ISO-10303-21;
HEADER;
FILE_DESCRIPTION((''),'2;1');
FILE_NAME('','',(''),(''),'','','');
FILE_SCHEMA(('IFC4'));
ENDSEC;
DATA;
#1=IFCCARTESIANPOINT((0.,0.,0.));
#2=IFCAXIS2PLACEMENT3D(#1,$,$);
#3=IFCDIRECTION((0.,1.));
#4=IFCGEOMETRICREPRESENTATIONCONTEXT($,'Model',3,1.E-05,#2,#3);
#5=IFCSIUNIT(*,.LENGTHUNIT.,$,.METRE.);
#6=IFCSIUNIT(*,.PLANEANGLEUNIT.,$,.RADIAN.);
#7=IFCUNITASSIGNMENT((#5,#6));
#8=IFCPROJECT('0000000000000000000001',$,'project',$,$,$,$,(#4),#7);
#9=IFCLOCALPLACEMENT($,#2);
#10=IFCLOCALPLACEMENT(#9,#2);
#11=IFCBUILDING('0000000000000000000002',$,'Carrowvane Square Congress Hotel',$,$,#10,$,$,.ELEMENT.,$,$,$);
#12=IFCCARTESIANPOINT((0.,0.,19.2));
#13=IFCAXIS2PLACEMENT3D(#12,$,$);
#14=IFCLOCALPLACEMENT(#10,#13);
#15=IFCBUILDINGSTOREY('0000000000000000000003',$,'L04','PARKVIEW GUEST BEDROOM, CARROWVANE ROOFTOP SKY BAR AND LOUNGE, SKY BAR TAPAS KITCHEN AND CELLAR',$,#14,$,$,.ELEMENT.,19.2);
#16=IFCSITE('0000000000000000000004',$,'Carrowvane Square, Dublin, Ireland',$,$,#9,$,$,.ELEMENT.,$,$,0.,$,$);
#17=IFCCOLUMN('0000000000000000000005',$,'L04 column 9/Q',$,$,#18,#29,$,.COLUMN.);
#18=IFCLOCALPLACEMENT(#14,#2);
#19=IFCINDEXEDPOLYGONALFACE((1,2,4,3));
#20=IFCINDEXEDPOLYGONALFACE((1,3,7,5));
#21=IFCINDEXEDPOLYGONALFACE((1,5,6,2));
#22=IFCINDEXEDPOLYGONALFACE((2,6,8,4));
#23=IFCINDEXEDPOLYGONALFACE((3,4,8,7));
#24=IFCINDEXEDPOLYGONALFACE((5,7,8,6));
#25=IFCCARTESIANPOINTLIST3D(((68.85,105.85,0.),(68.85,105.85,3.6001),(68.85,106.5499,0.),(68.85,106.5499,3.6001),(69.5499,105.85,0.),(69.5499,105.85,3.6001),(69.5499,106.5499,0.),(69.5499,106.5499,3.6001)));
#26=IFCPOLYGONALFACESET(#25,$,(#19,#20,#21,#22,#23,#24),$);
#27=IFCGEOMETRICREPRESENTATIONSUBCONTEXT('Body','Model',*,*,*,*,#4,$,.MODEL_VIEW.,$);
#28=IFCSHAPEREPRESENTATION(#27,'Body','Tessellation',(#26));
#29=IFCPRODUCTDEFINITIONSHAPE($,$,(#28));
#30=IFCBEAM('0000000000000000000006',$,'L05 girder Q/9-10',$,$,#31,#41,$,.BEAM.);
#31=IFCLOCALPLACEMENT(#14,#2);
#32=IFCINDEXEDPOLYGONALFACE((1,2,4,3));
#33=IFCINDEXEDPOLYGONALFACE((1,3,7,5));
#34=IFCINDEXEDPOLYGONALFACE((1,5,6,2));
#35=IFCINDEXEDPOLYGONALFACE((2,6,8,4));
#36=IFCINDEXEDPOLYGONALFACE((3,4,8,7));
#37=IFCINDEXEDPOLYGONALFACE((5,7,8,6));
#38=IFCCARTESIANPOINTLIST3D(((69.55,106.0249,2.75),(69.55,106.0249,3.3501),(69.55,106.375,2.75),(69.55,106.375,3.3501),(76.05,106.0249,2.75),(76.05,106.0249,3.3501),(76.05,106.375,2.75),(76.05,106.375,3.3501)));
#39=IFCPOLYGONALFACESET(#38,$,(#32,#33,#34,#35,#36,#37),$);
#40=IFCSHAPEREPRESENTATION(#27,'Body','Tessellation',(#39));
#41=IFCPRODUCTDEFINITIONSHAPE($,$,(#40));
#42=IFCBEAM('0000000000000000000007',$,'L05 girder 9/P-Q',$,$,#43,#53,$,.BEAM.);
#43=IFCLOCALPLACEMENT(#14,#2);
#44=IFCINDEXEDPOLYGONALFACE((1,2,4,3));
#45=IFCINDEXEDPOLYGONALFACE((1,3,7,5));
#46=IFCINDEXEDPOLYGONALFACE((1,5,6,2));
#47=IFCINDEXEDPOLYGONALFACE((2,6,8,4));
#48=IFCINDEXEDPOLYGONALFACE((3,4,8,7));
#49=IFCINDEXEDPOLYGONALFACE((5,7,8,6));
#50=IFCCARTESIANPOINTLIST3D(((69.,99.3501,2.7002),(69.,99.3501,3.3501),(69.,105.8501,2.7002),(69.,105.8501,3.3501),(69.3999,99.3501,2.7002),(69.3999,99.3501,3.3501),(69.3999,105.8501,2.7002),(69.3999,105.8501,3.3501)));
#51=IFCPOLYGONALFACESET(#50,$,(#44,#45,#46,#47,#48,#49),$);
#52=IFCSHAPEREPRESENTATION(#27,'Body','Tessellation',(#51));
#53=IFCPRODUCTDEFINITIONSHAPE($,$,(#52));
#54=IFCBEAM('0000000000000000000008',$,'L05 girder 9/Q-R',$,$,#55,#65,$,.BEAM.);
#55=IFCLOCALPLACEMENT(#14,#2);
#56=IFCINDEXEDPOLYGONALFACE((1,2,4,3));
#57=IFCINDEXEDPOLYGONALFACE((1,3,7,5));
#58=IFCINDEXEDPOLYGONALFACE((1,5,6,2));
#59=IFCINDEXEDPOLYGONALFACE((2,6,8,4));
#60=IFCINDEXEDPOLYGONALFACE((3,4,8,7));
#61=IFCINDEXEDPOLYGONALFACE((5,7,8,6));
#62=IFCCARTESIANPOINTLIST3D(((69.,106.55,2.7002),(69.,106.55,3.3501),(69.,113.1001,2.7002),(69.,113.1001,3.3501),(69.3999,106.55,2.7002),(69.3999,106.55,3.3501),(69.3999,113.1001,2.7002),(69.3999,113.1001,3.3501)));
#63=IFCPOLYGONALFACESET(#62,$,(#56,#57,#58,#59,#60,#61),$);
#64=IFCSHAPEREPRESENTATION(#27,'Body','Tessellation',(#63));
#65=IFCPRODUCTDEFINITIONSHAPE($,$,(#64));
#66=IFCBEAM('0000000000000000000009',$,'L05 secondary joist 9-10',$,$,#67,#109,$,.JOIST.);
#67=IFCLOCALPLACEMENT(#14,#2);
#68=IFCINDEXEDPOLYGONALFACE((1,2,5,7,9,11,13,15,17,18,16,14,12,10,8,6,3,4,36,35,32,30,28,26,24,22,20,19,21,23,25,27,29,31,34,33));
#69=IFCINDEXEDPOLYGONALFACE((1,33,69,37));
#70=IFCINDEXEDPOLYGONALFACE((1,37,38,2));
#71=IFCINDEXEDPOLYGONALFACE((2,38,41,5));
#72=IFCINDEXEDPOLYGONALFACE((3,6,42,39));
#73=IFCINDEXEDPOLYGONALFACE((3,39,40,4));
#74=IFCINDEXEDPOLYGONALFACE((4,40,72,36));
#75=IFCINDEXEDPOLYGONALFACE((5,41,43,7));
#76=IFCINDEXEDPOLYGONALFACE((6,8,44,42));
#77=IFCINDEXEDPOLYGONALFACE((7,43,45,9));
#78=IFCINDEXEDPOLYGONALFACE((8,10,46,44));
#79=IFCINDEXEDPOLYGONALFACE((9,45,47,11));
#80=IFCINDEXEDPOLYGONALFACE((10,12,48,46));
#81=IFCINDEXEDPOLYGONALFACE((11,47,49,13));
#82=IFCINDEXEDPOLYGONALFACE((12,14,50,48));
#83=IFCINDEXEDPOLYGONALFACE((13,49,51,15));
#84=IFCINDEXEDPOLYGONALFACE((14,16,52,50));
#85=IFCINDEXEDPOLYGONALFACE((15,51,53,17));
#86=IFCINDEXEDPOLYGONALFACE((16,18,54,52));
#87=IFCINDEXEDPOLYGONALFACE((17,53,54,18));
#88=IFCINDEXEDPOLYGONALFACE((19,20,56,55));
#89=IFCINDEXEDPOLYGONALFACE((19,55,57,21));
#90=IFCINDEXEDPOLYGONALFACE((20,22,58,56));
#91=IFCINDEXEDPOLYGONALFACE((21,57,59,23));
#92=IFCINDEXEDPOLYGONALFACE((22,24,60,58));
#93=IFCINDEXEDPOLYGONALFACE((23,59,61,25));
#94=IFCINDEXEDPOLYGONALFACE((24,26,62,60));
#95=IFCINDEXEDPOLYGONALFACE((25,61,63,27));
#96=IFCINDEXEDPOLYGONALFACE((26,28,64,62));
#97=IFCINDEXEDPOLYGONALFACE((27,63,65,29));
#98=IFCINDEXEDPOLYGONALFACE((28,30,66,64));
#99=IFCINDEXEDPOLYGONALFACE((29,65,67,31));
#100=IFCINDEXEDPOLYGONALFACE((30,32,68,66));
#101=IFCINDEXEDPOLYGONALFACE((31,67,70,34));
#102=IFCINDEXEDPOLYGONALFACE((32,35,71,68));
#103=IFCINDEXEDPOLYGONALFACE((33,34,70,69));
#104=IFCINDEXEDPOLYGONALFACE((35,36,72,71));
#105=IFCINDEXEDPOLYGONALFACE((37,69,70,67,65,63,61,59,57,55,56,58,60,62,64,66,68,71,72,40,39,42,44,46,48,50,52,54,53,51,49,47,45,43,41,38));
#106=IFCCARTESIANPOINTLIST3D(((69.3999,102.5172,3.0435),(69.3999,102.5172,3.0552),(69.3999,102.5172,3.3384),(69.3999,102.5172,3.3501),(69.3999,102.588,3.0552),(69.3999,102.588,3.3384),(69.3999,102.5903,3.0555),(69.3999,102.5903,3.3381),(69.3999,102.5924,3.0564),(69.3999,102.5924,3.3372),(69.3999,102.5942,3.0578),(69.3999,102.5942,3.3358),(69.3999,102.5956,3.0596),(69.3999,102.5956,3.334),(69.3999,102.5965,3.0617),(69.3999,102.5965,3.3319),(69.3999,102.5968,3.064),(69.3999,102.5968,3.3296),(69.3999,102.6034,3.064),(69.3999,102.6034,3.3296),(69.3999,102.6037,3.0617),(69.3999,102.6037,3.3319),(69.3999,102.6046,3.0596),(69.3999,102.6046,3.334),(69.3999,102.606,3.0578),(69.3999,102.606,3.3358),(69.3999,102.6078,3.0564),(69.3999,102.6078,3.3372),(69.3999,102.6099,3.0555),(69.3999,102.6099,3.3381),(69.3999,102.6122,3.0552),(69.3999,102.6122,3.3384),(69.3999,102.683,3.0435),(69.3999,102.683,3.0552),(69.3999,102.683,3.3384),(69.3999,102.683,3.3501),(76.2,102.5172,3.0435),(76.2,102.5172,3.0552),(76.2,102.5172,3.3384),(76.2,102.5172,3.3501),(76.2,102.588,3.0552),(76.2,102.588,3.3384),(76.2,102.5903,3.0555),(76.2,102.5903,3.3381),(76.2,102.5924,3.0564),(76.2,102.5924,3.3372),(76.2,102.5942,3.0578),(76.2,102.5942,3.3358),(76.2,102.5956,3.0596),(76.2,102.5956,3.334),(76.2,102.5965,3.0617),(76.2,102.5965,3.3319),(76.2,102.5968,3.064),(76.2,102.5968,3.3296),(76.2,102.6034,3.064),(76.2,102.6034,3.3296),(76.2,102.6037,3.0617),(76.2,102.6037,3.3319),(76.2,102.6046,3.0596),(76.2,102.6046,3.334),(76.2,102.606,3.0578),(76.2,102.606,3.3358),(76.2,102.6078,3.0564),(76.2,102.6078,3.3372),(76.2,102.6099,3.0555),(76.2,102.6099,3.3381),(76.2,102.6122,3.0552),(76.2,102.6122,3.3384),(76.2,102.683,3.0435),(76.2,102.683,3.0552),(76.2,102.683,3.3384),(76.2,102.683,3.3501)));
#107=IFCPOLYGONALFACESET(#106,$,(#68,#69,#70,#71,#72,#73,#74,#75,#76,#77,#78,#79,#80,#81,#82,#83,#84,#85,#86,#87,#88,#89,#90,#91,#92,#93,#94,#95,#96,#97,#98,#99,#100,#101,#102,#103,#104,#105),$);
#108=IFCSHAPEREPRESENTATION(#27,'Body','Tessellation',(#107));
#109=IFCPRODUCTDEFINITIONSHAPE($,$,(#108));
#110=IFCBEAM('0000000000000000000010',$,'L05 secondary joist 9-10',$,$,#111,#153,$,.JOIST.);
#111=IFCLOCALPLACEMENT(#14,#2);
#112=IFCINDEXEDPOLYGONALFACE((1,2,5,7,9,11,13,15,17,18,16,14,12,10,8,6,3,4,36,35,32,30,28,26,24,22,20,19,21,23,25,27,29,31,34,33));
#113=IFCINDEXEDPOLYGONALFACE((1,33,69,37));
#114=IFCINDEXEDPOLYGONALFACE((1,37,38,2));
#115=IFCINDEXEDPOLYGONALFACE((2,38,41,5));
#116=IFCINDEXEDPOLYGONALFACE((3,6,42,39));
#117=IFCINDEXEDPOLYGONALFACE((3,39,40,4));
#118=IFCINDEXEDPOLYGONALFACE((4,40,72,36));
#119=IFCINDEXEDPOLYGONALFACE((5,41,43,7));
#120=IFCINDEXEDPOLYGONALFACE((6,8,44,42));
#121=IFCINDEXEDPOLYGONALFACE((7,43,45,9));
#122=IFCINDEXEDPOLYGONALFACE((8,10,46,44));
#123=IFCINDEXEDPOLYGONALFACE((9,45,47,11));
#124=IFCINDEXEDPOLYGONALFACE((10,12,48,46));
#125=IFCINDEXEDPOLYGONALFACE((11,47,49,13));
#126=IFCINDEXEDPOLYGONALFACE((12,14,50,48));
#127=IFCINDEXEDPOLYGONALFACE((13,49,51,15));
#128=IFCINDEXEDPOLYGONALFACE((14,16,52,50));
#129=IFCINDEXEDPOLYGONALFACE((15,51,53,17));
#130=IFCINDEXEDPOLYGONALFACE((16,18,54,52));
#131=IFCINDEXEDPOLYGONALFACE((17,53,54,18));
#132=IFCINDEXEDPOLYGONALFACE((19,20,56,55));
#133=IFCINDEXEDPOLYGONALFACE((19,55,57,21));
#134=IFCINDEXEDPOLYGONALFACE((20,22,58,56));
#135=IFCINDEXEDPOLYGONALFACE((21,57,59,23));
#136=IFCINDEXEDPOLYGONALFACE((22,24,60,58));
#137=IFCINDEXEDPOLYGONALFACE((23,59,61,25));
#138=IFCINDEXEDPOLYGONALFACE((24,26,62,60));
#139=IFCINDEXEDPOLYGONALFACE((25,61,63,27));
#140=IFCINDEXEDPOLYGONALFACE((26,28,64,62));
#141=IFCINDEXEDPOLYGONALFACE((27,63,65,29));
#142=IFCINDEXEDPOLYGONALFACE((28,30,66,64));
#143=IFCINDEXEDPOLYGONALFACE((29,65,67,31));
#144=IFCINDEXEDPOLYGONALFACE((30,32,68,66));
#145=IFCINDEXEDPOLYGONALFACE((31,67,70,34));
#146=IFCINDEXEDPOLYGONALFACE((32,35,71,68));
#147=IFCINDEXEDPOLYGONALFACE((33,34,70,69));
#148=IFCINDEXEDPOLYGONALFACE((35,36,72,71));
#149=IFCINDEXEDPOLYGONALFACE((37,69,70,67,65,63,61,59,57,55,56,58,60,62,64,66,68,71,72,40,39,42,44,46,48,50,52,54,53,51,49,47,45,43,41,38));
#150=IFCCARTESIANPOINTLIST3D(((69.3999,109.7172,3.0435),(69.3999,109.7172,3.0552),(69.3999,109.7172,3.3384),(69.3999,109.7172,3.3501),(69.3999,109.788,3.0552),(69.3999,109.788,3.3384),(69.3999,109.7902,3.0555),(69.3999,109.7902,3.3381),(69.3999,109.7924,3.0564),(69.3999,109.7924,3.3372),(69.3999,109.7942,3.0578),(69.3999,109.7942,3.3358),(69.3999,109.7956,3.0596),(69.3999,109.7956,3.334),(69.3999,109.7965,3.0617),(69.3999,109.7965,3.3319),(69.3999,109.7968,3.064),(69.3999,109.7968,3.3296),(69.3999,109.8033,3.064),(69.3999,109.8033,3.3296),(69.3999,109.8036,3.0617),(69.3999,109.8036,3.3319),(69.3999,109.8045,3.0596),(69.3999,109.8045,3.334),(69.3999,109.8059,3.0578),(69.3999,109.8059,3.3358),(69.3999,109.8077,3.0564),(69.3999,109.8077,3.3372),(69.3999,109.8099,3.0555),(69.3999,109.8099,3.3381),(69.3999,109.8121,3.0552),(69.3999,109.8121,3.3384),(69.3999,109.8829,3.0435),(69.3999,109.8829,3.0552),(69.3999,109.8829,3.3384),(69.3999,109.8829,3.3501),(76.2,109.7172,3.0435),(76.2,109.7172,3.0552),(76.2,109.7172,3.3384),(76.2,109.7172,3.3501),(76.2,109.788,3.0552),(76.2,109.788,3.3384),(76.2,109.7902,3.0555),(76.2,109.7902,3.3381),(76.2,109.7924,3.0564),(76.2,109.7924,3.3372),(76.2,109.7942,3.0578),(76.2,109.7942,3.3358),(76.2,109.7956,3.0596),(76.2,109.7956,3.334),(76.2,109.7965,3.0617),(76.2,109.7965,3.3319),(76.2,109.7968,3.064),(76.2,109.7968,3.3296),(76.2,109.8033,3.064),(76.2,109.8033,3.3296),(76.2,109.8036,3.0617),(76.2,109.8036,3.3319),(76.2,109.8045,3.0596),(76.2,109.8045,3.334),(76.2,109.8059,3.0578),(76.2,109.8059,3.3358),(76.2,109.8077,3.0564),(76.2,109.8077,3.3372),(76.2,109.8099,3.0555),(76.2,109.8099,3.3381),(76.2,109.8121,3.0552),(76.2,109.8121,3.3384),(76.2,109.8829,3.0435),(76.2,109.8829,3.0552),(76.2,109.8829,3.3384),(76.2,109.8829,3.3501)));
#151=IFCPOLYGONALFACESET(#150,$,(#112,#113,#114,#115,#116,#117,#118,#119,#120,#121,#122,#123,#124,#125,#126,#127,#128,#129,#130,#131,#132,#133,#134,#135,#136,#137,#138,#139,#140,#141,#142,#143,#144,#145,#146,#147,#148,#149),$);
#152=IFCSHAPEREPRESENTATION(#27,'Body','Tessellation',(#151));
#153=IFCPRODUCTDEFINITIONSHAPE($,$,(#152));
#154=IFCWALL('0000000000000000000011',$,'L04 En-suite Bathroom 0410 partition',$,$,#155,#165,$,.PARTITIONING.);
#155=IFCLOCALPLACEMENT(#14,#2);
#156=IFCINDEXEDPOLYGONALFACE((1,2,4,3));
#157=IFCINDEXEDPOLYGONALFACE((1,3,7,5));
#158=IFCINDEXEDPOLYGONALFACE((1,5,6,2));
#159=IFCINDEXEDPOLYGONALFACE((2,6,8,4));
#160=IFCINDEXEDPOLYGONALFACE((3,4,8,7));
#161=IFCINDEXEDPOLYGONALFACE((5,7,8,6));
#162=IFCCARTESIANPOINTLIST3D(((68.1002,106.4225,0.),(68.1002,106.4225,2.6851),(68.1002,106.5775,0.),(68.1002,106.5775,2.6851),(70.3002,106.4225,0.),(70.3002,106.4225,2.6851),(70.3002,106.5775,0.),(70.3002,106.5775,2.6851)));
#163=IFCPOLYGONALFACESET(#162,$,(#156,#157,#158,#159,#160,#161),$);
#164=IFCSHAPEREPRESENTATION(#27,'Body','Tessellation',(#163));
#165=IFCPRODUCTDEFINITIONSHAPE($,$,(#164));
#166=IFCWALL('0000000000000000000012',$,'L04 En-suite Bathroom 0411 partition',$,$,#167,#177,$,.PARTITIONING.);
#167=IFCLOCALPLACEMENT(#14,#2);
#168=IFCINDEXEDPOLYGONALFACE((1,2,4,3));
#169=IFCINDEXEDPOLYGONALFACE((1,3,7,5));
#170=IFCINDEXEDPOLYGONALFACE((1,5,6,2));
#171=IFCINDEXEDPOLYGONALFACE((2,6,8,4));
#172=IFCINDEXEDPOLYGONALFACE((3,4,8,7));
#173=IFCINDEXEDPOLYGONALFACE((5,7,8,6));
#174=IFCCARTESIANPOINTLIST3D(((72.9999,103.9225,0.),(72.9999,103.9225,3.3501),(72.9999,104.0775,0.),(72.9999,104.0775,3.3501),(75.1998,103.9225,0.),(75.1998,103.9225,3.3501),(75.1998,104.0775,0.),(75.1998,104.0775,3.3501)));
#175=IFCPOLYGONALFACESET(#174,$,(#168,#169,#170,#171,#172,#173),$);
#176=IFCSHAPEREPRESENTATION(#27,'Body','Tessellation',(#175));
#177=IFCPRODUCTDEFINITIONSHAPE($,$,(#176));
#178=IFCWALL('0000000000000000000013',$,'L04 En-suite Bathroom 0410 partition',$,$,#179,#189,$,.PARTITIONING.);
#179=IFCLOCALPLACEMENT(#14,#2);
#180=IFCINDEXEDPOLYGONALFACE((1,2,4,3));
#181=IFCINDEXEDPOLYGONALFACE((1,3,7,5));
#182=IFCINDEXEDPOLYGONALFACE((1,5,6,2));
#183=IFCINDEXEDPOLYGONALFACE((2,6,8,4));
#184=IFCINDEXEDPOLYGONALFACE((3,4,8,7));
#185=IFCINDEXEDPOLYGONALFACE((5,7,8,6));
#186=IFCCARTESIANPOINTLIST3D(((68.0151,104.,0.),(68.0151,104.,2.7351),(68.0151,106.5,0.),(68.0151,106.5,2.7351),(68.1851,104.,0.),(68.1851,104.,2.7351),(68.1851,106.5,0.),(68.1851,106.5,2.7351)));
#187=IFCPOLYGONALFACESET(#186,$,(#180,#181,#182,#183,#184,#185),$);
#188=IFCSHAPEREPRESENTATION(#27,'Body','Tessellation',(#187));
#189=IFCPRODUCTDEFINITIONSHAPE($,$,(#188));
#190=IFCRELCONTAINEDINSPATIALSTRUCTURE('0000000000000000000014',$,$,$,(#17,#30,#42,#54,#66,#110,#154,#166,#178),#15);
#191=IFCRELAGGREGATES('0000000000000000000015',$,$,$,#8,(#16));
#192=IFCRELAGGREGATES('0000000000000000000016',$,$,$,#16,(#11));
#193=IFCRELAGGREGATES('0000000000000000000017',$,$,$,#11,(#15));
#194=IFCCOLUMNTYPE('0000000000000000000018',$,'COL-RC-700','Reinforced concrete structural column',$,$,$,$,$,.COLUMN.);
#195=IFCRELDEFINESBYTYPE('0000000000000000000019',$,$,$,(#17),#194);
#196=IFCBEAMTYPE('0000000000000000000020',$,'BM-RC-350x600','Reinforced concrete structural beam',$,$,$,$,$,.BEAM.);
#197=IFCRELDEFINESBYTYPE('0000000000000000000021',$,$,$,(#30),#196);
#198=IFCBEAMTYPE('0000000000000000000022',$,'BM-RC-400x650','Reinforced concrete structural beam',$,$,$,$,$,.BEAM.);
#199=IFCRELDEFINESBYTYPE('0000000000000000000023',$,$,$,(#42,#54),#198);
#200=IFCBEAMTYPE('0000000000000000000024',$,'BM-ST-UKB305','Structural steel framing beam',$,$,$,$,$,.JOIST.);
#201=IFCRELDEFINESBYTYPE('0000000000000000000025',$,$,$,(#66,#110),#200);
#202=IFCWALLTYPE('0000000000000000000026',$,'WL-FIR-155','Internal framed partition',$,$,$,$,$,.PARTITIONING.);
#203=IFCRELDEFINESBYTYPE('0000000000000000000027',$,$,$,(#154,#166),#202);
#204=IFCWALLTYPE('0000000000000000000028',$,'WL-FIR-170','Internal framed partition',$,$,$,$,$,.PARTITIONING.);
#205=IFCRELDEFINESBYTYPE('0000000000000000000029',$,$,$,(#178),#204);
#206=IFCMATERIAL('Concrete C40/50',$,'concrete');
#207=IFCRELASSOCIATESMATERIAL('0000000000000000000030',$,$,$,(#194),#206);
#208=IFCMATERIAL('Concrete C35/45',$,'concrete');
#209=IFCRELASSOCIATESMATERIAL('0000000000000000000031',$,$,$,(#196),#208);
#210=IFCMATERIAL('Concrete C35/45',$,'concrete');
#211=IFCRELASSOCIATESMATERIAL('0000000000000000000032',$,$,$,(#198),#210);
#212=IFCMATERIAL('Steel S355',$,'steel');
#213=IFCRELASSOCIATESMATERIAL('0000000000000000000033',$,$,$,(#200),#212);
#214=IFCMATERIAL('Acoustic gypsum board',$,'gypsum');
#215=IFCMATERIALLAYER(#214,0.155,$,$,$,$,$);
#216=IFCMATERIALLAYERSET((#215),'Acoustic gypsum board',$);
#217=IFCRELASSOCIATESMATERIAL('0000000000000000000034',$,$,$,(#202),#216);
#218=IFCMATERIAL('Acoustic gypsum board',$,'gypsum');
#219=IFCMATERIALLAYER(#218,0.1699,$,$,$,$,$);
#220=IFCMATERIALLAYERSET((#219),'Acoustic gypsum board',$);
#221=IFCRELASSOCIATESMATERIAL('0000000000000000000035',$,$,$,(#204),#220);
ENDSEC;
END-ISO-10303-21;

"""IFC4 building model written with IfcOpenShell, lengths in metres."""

from ifc_helpers import new_model, si_unit, direction, frame, frame_2d, origin, origin_2d, place, context, subcontext, project, spatial, rectangle, i_section, extrude, material, layer, layer_set, material_profile, profile_set, type_object, element, save


model = new_model("IFC4")

# Units and contexts
model_context = context("Model", 3, precision=1e-05, world=origin(), true_north=direction((0.0, 1.0)))
body_context = subcontext(model_context, "Body", "Model", "MODEL_VIEW")
ifc_project = project(units=[si_unit("LENGTHUNIT", "METRE"), si_unit("PLANEANGLEUNIT", "RADIAN")], contexts=[model_context])

# Site, building, storey
site_placement = place(None, origin())
site = spatial("IfcSite", under=ifc_project, at=site_placement, Name="Carrowvane Square, Dublin, Ireland", CompositionType="ELEMENT", RefElevation=0.0)
building_placement = place(site_placement, origin())
building = spatial("IfcBuilding", under=site, at=building_placement, Name="Carrowvane Square Congress Hotel", CompositionType="ELEMENT")
storey_placement = place(building_placement, frame((0.0, 0.0, 19.2)))
storey = spatial("IfcBuildingStorey", under=building, at=storey_placement, Name="L04", Description="PARKVIEW GUEST BEDROOM, CARROWVANE ROOFTOP SKY BAR AND LOUNGE, SKY BAR TAPAS KITCHEN AND CELLAR", CompositionType="ELEMENT", Elevation=19.2)

# Column
ifc_material_1 = material(Name="Concrete C40/50", Category="concrete")
ifc_material_profile_1 = material_profile(ifc_material_1, rectangle(XDim=0.7, YDim=0.7, at=origin_2d()), Name="RC 700x700")
ifc_profile_set_1 = profile_set([ifc_material_profile_1], Name="Concrete C40/50")
column_type = type_object("IfcColumnType", Name="COL-RC-700", Description="Reinforced concrete structural column", PredefinedType="COLUMN", material=ifc_profile_set_1)
column_placement = place(storey_placement, frame((69.2, 106.2, 0.0), z_axis=(0.0, 0.0, 1.0), x_axis=(1.0, 0.0, 0.0)))
element("IfcColumn", 1, at=column_placement, inside=storey, type_object=column_type, Name="L04 column 9/Q", PredefinedType="COLUMN", context=body_context, shape_type="SweptSolid", body=[
    extrude(rectangle(XDim=0.7, YDim=0.7, at=origin_2d()), origin(), (0.0, 0.0, 1.0), 3.6001),
])

# Beams
ifc_material_2 = material(Name="Concrete C35/45", Category="concrete")
ifc_material_profile_2 = material_profile(ifc_material_2, rectangle(XDim=0.3501, YDim=0.6001, at=origin_2d()), Name="RC 350x600")
ifc_profile_set_2 = profile_set([ifc_material_profile_2], Name="Concrete C35/45")
beam_type_1 = type_object("IfcBeamType", Name="BM-RC-350x600", Description="Reinforced concrete structural beam", PredefinedType="BEAM", material=ifc_profile_set_2)
beam_1_placement = place(storey_placement, frame((69.55, 106.2, 3.05), z_axis=(1.0, 0.0, 0.0), x_axis=(0.0, 1.0, 0.0)))
element("IfcBeam", 2, at=beam_1_placement, inside=storey, type_object=beam_type_1, Name="L05 girder Q/9-10", PredefinedType="BEAM", context=body_context, shape_type="SweptSolid", body=[
    extrude(rectangle(XDim=0.3501, YDim=0.6001, at=origin_2d()), origin(), (0.0, 0.0, 1.0), 6.5),
])
ifc_material_3 = material(Name="Concrete C35/45", Category="concrete")
ifc_material_profile_3 = material_profile(ifc_material_3, rectangle(XDim=0.3999, YDim=0.6499, at=origin_2d()), Name="RC 400x650")
ifc_profile_set_3 = profile_set([ifc_material_profile_3], Name="Concrete C35/45")
beam_type_2 = type_object("IfcBeamType", Name="BM-RC-400x650", Description="Reinforced concrete structural beam", PredefinedType="BEAM", material=ifc_profile_set_3)
beam_2_placement = place(storey_placement, frame((69.2, 99.3501, 3.0251), z_axis=(0.0, 1.0, 0.0), x_axis=(-1.0, 0.0, 0.0)))
element("IfcBeam", 3, at=beam_2_placement, inside=storey, type_object=beam_type_2, Name="L05 girder 9/P-Q", PredefinedType="BEAM", context=body_context, shape_type="SweptSolid", body=[
    extrude(rectangle(XDim=0.3999, YDim=0.6499, at=origin_2d()), origin(), (0.0, 0.0, 1.0), 6.5),
])
beam_3_placement = place(storey_placement, frame((69.2, 106.55, 3.0251), z_axis=(0.0, 1.0, 0.0), x_axis=(-1.0, 0.0, 0.0)))
element("IfcBeam", 4, at=beam_3_placement, inside=storey, type_object=beam_type_2, Name="L05 girder 9/Q-R", PredefinedType="BEAM", context=body_context, shape_type="SweptSolid", body=[
    extrude(rectangle(XDim=0.3999, YDim=0.6499, at=origin_2d()), origin(), (0.0, 0.0, 1.0), 6.55),
])
ifc_material_4 = material(Name="Steel S355", Category="steel")
ifc_material_profile_4 = material_profile(ifc_material_4, i_section(OverallWidth=0.1658, OverallDepth=0.3066, WebThickness=0.0066, FlangeThickness=0.0117, FilletRadius=0.0088, at=origin_2d()), Name="UKB 305x165x46")
ifc_profile_set_4 = profile_set([ifc_material_profile_4], Name="Steel S355")
beam_type_3 = type_object("IfcBeamType", Name="BM-ST-UKB305", Description="Structural steel framing beam", PredefinedType="JOIST", material=ifc_profile_set_4)
for number, where, z_axis, x_axis, name in (
    (5, (69.3999, 102.6001, 3.1968), (1.0, 0.0, 0.0), (0.0, 1.0, 0.0), "L05 secondary joist 9-10"),
    (6, (69.3999, 109.8, 3.1968), (1.0, 0.0, 0.0), (0.0, 1.0, 0.0), "L05 secondary joist 9-10"),
):
    element("IfcBeam", number, at=place(storey_placement, frame(where, z_axis=z_axis, x_axis=x_axis)), inside=storey, type_object=beam_type_3, Name=name, PredefinedType="JOIST", context=body_context, shape_type="SweptSolid", body=[
        extrude(i_section(OverallWidth=0.1658, OverallDepth=0.3066, WebThickness=0.0066, FlangeThickness=0.0117, FilletRadius=0.0088, at=origin_2d()), origin(), (0.0, 0.0, 1.0), 6.8),
    ])

# Walls
ifc_material_5 = material(Name="Acoustic gypsum board", Category="gypsum")
ifc_layer_1 = layer(ifc_material_5, 0.155)
ifc_layer_set_1 = layer_set([ifc_layer_1], Name="Acoustic gypsum board")
wall_type_1 = type_object("IfcWallType", Name="WL-FIR-155", Description="Internal framed partition", PredefinedType="PARTITIONING", material=ifc_layer_set_1)
wall_1_placement = place(storey_placement, frame((68.1001, 106.5, 0.0), z_axis=(0.0, 0.0, 1.0), x_axis=(1.0, 0.0, 0.0)))
element("IfcWall", 7, at=wall_1_placement, inside=storey, type_object=wall_type_1, Name="L04 En-suite Bathroom 0410 partition", PredefinedType="PARTITIONING", context=body_context, shape_type="SweptSolid", body=[
    extrude(rectangle(XDim=2.2, YDim=0.155, at=frame_2d((1.1001, 0.0))), origin(), (0.0, 0.0, 1.0), 2.6851),
])
wall_2_placement = place(storey_placement, frame((75.2, 104.0, 0.0), z_axis=(0.0, 0.0, 1.0), x_axis=(-1.0, 0.0, 0.0)))
element("IfcWall", 8, at=wall_2_placement, inside=storey, type_object=wall_type_1, Name="L04 En-suite Bathroom 0411 partition", PredefinedType="PARTITIONING", context=body_context, shape_type="SweptSolid", body=[
    extrude(rectangle(XDim=2.2, YDim=0.155, at=frame_2d((1.1001, 0.0))), origin(), (0.0, 0.0, 1.0), 3.3501),
])
ifc_material_6 = material(Name="Acoustic gypsum board", Category="gypsum")
ifc_layer_2 = layer(ifc_material_6, 0.1699)
ifc_layer_set_2 = layer_set([ifc_layer_2], Name="Acoustic gypsum board")
wall_type_2 = type_object("IfcWallType", Name="WL-FIR-170", Description="Internal framed partition", PredefinedType="PARTITIONING", material=ifc_layer_set_2)
wall_3_placement = place(storey_placement, frame((68.1001, 104.0, 0.0), z_axis=(0.0, 0.0, 1.0), x_axis=(0.0, 1.0, 0.0)))
element("IfcWall", 9, at=wall_3_placement, inside=storey, type_object=wall_type_2, Name="L04 En-suite Bathroom 0410 partition", PredefinedType="PARTITIONING", context=body_context, shape_type="SweptSolid", body=[
    extrude(rectangle(XDim=2.5, YDim=0.1699, at=frame_2d((1.25, 0.0))), origin(), (0.0, 0.0, 1.0), 2.7351),
])

save(model, "model.ifc")
